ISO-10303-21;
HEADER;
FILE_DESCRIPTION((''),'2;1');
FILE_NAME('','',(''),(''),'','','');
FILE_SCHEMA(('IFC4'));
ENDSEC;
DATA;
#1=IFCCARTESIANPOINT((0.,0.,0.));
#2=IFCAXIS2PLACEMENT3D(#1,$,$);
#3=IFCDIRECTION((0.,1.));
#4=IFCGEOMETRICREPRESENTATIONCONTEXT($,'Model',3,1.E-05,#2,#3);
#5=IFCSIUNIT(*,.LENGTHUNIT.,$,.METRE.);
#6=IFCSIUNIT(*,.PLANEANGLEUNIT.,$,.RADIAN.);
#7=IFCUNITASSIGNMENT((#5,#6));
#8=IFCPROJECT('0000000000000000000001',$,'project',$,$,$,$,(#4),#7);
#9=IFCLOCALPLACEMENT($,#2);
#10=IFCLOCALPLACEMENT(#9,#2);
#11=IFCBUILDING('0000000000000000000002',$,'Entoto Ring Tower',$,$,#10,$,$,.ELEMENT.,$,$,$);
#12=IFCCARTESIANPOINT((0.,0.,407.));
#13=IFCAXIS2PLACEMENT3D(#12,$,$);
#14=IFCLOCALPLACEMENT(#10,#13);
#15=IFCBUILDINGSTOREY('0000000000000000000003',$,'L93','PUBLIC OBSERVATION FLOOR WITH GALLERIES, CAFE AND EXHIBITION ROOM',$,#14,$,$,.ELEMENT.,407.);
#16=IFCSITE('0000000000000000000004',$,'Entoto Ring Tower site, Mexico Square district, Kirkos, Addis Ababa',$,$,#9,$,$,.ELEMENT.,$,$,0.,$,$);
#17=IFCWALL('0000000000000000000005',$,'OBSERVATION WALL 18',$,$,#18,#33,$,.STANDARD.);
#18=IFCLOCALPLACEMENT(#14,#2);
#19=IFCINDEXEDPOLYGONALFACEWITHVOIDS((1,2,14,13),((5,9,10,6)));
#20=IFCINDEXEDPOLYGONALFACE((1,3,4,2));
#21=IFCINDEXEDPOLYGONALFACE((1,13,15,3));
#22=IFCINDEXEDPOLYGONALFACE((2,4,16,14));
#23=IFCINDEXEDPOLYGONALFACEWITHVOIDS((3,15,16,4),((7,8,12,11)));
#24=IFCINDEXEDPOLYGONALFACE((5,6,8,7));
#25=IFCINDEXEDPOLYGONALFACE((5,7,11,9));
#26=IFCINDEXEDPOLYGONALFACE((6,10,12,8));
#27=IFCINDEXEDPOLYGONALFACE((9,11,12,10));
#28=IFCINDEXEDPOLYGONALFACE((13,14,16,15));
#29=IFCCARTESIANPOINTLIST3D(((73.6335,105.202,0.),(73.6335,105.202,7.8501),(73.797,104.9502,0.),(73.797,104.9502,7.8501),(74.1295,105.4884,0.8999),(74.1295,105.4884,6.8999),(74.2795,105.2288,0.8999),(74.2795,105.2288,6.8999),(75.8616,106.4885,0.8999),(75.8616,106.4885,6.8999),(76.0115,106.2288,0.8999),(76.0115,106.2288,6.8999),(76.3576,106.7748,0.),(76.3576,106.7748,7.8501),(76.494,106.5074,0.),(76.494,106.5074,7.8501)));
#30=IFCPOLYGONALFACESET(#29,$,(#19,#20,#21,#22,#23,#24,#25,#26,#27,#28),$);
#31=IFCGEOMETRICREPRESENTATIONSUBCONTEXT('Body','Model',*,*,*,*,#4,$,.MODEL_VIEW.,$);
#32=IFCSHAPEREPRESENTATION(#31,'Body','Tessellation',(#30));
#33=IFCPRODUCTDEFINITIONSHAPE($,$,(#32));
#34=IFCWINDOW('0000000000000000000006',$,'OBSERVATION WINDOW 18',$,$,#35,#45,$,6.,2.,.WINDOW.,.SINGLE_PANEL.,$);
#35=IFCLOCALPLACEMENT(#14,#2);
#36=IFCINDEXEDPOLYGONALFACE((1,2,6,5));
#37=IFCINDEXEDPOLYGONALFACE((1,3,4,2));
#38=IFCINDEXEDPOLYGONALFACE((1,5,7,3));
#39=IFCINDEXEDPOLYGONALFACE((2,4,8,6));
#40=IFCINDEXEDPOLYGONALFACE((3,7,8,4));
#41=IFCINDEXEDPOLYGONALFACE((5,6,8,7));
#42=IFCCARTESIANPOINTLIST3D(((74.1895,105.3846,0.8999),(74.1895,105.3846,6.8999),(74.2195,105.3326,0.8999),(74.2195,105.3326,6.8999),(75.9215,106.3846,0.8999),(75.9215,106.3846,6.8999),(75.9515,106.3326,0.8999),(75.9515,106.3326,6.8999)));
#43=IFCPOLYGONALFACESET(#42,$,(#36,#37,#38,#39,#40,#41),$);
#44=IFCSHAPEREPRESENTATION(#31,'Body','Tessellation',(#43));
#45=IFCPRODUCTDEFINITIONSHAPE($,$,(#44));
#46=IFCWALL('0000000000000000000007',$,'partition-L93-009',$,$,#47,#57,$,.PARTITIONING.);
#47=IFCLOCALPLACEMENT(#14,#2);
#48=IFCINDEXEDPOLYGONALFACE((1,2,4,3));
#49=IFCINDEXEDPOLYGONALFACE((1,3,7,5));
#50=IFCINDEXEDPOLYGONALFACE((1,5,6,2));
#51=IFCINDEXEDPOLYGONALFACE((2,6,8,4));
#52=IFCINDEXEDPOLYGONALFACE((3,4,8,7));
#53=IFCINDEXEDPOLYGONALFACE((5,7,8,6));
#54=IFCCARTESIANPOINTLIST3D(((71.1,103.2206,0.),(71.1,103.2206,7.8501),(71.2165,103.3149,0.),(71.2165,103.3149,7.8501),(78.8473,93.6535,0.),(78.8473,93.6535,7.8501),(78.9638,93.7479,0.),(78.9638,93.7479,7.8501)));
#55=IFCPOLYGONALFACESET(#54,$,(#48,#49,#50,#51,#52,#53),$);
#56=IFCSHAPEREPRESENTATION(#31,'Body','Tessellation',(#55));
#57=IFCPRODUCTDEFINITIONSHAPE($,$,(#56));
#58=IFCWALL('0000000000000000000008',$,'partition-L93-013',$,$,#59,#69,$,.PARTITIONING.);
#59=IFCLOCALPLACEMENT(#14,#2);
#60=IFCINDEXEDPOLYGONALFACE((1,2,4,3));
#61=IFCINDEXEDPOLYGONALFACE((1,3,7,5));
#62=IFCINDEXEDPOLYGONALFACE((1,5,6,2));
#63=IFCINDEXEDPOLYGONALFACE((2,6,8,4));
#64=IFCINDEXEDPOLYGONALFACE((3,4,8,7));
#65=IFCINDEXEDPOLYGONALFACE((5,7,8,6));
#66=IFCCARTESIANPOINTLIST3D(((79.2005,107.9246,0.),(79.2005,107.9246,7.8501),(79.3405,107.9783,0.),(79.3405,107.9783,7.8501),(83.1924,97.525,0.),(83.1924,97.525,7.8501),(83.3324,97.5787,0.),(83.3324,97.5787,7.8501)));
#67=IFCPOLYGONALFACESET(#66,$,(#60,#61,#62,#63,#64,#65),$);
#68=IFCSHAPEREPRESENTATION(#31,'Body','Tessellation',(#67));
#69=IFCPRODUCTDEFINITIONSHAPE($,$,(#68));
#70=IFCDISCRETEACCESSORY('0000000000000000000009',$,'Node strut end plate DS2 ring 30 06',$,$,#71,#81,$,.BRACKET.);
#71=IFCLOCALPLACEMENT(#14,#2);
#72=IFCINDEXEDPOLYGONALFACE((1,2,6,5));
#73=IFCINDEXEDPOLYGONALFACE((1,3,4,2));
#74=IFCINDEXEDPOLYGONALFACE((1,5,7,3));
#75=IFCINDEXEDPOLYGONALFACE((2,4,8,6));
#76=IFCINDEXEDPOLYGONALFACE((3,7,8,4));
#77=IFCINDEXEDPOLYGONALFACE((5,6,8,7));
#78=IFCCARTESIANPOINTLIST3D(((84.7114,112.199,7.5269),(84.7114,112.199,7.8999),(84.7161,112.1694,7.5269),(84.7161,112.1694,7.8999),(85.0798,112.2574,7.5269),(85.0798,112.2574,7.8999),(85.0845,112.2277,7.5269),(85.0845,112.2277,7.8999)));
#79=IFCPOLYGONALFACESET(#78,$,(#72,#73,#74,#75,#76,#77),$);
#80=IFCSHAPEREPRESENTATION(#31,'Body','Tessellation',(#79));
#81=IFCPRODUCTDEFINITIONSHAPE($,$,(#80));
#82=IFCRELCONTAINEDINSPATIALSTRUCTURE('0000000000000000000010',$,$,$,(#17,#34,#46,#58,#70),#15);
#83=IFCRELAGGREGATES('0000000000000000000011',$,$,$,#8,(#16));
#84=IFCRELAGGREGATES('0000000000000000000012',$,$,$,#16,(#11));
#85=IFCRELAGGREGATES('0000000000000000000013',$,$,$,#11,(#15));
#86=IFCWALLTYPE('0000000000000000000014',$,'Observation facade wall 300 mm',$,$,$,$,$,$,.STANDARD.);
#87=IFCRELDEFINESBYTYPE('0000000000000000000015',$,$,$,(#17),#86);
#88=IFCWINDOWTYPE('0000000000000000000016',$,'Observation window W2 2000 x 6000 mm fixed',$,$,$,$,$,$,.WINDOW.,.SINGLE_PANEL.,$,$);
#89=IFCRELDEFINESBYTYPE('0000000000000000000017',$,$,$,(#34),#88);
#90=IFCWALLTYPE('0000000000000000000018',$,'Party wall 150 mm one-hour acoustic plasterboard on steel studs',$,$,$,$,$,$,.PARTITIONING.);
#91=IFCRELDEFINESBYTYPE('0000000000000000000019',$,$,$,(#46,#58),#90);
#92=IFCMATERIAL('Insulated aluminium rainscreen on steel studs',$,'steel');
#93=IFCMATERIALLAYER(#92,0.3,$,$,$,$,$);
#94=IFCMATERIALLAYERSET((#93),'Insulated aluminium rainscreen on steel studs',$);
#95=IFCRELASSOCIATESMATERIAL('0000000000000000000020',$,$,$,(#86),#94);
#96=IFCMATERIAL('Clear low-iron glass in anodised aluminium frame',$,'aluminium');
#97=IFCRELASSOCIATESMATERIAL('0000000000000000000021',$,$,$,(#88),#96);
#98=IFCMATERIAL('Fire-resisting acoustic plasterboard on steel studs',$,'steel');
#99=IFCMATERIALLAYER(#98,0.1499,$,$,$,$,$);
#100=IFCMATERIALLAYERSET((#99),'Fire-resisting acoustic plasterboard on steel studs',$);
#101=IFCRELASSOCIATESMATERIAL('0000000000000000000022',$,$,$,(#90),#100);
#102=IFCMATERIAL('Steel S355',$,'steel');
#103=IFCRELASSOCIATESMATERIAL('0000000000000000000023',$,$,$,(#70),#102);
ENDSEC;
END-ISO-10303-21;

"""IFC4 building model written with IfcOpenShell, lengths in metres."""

from ifc_helpers import new_model, si_unit, direction, frame, frame_2d, origin, origin_2d, place, context, subcontext, project, spatial, polyline, rectangle, outline, extrude, material, layer, layer_set, type_object, element, fill, save


model = new_model("IFC4")

# Units and contexts
model_context = context("Model", 3, precision=1e-05, world=origin(), true_north=direction((0.0, 1.0)))
body_context = subcontext(model_context, "Body", "Model", "MODEL_VIEW")
ifc_project = project(units=[si_unit("LENGTHUNIT", "METRE"), si_unit("PLANEANGLEUNIT", "RADIAN")], contexts=[model_context])

# Site, building, storey
site_placement = place(None, origin())
site = spatial("IfcSite", under=ifc_project, at=site_placement, Name="Entoto Ring Tower site, Mexico Square district, Kirkos, Addis Ababa", CompositionType="ELEMENT", RefElevation=0.0)
building_placement = place(site_placement, origin())
building = spatial("IfcBuilding", under=site, at=building_placement, Name="Entoto Ring Tower", CompositionType="ELEMENT")
storey_placement = place(building_placement, frame((0.0, 0.0, 407.0)))
storey = spatial("IfcBuildingStorey", under=building, at=storey_placement, Name="L93", Description="PUBLIC OBSERVATION FLOOR WITH GALLERIES, CAFE AND EXHIBITION ROOM", CompositionType="ELEMENT", Elevation=407.0)

# Wall, opening, window
ifc_material_1 = material(Name="Insulated aluminium rainscreen on steel studs", Category="steel")
ifc_layer_1 = layer(ifc_material_1, 0.3)
ifc_layer_set_1 = layer_set([ifc_layer_1], Name="Insulated aluminium rainscreen on steel studs")
wall_type_1 = type_object("IfcWallType", Name="Observation facade wall 300 mm", PredefinedType="STANDARD", material=ifc_layer_set_1)
ifc_material_2 = material(Name="Clear low-iron glass in anodised aluminium frame", Category="aluminium")
window_type_1 = type_object("IfcWindowType", Name="Observation window W2 2000 x 6000 mm fixed", PartitioningType="SINGLE_PANEL", PredefinedType="WINDOW", material=ifc_material_2)
wall_1_placement = place(storey_placement, frame((76.4258, 106.6411, 0.0), z_axis=(0.0, 0.0, 1.0), x_axis=(-0.866017, -0.500015, 0.0)))
wall_1 = element("IfcWall", 1, at=wall_1_placement, inside=storey, type_object=wall_type_1, Name="OBSERVATION WALL 18", PredefinedType="STANDARD", context=body_context, shape_type="SweptSolid", body=[
    extrude(outline(polyline([(-0.0078, -0.1499), (3.1377, -0.1499), (3.1221, 0.1499), (0.0078, 0.1499), (-0.0078, -0.1499)])), origin(), (0.0, 0.0, 1.0), 7.8501),
])
opening_1_placement = place(wall_1_placement, frame((0.5649, 0.0, 0.8999)))
opening_1 = element("IfcOpeningElement", 2, at=opening_1_placement, cuts=wall_1, PredefinedType="OPENING", context=body_context, shape_type="SweptSolid", body=[
    extrude(rectangle(XDim=2.0, YDim=6.0, at=frame_2d((1.0, 3.0))), frame((0.0, 0.1602, 0.0), z_axis=(0.0, -1.0, 0.0), x_axis=(1.0, 0.0, 0.0)), (0.0, 0.0, 1.0), 0.3201),
])
window_1_placement = place(opening_1_placement, origin())
window_1 = element("IfcWindow", 3, at=window_1_placement, inside=storey, type_object=window_type_1, Name="OBSERVATION WINDOW 18", OverallHeight=6.0, OverallWidth=2.0, PartitioningType="SINGLE_PANEL", PredefinedType="WINDOW", context=body_context, shape_type="SweptSolid", body=[
    extrude(rectangle(XDim=2.0, YDim=6.0, at=frame_2d((1.0, 3.0))), frame((0.0, 0.03, 0.0), z_axis=(0.0, -1.0, 0.0), x_axis=(1.0, 0.0, 0.0)), (0.0, 0.0, 1.0), 0.0601),
])
fill(opening_1, window_1)

# Walls
ifc_material_3 = material(Name="Fire-resisting acoustic plasterboard on steel studs", Category="steel")
ifc_layer_2 = layer(ifc_material_3, 0.1499)
ifc_layer_set_2 = layer_set([ifc_layer_2], Name="Fire-resisting acoustic plasterboard on steel studs")
wall_type_2 = type_object("IfcWallType", Name="Party wall 150 mm one-hour acoustic plasterboard on steel studs", PredefinedType="PARTITIONING", material=ifc_layer_set_2)
wall_2_placement = place(storey_placement, frame((78.9055, 93.7007, 0.0), z_axis=(0.0, 0.0, 1.0), x_axis=(-0.62932, 0.777146, 0.0)))
element("IfcWall", 4, at=wall_2_placement, inside=storey, type_object=wall_type_2, Name="partition-L93-009", PredefinedType="PARTITIONING", context=body_context, shape_type="SweptSolid", body=[
    extrude(rectangle(XDim=12.3105, YDim=0.1499, at=frame_2d((6.1553, 0.0))), origin(), (0.0, 0.0, 1.0), 7.8501),
])
wall_3_placement = place(storey_placement, frame((83.2625, 97.5518, 0.0), z_axis=(0.0, 0.0, 1.0), x_axis=(-0.358359, 0.933584, 0.0)))
element("IfcWall", 5, at=wall_3_placement, inside=storey, type_object=wall_type_2, Name="partition-L93-013", PredefinedType="PARTITIONING", context=body_context, shape_type="SweptSolid", body=[
    extrude(rectangle(XDim=11.1394, YDim=0.1499, at=frame_2d((5.5698, 0.0))), origin(), (0.0, 0.0, 1.0), 7.8501),
])

# Discrete accessory
ifc_material_4 = material(Name="Steel S355", Category="steel")
discrete_accessory_placement = place(storey_placement, frame((84.8979, 112.2134, 7.5269), z_axis=(0.0, 0.0, 1.0), x_axis=(-0.156434, 0.987688, 0.0)))
element("IfcDiscreteAccessory", 6, at=discrete_accessory_placement, inside=storey, material=ifc_material_4, Name="Node strut end plate DS2 ring 30 06", PredefinedType="BRACKET", context=body_context, shape_type="SweptSolid", body=[
    extrude(rectangle(XDim=0.03, YDim=0.373, at=origin_2d()), origin(), (0.0, 0.0, 1.0), 0.373),
])

save(model, "model.ifc")
